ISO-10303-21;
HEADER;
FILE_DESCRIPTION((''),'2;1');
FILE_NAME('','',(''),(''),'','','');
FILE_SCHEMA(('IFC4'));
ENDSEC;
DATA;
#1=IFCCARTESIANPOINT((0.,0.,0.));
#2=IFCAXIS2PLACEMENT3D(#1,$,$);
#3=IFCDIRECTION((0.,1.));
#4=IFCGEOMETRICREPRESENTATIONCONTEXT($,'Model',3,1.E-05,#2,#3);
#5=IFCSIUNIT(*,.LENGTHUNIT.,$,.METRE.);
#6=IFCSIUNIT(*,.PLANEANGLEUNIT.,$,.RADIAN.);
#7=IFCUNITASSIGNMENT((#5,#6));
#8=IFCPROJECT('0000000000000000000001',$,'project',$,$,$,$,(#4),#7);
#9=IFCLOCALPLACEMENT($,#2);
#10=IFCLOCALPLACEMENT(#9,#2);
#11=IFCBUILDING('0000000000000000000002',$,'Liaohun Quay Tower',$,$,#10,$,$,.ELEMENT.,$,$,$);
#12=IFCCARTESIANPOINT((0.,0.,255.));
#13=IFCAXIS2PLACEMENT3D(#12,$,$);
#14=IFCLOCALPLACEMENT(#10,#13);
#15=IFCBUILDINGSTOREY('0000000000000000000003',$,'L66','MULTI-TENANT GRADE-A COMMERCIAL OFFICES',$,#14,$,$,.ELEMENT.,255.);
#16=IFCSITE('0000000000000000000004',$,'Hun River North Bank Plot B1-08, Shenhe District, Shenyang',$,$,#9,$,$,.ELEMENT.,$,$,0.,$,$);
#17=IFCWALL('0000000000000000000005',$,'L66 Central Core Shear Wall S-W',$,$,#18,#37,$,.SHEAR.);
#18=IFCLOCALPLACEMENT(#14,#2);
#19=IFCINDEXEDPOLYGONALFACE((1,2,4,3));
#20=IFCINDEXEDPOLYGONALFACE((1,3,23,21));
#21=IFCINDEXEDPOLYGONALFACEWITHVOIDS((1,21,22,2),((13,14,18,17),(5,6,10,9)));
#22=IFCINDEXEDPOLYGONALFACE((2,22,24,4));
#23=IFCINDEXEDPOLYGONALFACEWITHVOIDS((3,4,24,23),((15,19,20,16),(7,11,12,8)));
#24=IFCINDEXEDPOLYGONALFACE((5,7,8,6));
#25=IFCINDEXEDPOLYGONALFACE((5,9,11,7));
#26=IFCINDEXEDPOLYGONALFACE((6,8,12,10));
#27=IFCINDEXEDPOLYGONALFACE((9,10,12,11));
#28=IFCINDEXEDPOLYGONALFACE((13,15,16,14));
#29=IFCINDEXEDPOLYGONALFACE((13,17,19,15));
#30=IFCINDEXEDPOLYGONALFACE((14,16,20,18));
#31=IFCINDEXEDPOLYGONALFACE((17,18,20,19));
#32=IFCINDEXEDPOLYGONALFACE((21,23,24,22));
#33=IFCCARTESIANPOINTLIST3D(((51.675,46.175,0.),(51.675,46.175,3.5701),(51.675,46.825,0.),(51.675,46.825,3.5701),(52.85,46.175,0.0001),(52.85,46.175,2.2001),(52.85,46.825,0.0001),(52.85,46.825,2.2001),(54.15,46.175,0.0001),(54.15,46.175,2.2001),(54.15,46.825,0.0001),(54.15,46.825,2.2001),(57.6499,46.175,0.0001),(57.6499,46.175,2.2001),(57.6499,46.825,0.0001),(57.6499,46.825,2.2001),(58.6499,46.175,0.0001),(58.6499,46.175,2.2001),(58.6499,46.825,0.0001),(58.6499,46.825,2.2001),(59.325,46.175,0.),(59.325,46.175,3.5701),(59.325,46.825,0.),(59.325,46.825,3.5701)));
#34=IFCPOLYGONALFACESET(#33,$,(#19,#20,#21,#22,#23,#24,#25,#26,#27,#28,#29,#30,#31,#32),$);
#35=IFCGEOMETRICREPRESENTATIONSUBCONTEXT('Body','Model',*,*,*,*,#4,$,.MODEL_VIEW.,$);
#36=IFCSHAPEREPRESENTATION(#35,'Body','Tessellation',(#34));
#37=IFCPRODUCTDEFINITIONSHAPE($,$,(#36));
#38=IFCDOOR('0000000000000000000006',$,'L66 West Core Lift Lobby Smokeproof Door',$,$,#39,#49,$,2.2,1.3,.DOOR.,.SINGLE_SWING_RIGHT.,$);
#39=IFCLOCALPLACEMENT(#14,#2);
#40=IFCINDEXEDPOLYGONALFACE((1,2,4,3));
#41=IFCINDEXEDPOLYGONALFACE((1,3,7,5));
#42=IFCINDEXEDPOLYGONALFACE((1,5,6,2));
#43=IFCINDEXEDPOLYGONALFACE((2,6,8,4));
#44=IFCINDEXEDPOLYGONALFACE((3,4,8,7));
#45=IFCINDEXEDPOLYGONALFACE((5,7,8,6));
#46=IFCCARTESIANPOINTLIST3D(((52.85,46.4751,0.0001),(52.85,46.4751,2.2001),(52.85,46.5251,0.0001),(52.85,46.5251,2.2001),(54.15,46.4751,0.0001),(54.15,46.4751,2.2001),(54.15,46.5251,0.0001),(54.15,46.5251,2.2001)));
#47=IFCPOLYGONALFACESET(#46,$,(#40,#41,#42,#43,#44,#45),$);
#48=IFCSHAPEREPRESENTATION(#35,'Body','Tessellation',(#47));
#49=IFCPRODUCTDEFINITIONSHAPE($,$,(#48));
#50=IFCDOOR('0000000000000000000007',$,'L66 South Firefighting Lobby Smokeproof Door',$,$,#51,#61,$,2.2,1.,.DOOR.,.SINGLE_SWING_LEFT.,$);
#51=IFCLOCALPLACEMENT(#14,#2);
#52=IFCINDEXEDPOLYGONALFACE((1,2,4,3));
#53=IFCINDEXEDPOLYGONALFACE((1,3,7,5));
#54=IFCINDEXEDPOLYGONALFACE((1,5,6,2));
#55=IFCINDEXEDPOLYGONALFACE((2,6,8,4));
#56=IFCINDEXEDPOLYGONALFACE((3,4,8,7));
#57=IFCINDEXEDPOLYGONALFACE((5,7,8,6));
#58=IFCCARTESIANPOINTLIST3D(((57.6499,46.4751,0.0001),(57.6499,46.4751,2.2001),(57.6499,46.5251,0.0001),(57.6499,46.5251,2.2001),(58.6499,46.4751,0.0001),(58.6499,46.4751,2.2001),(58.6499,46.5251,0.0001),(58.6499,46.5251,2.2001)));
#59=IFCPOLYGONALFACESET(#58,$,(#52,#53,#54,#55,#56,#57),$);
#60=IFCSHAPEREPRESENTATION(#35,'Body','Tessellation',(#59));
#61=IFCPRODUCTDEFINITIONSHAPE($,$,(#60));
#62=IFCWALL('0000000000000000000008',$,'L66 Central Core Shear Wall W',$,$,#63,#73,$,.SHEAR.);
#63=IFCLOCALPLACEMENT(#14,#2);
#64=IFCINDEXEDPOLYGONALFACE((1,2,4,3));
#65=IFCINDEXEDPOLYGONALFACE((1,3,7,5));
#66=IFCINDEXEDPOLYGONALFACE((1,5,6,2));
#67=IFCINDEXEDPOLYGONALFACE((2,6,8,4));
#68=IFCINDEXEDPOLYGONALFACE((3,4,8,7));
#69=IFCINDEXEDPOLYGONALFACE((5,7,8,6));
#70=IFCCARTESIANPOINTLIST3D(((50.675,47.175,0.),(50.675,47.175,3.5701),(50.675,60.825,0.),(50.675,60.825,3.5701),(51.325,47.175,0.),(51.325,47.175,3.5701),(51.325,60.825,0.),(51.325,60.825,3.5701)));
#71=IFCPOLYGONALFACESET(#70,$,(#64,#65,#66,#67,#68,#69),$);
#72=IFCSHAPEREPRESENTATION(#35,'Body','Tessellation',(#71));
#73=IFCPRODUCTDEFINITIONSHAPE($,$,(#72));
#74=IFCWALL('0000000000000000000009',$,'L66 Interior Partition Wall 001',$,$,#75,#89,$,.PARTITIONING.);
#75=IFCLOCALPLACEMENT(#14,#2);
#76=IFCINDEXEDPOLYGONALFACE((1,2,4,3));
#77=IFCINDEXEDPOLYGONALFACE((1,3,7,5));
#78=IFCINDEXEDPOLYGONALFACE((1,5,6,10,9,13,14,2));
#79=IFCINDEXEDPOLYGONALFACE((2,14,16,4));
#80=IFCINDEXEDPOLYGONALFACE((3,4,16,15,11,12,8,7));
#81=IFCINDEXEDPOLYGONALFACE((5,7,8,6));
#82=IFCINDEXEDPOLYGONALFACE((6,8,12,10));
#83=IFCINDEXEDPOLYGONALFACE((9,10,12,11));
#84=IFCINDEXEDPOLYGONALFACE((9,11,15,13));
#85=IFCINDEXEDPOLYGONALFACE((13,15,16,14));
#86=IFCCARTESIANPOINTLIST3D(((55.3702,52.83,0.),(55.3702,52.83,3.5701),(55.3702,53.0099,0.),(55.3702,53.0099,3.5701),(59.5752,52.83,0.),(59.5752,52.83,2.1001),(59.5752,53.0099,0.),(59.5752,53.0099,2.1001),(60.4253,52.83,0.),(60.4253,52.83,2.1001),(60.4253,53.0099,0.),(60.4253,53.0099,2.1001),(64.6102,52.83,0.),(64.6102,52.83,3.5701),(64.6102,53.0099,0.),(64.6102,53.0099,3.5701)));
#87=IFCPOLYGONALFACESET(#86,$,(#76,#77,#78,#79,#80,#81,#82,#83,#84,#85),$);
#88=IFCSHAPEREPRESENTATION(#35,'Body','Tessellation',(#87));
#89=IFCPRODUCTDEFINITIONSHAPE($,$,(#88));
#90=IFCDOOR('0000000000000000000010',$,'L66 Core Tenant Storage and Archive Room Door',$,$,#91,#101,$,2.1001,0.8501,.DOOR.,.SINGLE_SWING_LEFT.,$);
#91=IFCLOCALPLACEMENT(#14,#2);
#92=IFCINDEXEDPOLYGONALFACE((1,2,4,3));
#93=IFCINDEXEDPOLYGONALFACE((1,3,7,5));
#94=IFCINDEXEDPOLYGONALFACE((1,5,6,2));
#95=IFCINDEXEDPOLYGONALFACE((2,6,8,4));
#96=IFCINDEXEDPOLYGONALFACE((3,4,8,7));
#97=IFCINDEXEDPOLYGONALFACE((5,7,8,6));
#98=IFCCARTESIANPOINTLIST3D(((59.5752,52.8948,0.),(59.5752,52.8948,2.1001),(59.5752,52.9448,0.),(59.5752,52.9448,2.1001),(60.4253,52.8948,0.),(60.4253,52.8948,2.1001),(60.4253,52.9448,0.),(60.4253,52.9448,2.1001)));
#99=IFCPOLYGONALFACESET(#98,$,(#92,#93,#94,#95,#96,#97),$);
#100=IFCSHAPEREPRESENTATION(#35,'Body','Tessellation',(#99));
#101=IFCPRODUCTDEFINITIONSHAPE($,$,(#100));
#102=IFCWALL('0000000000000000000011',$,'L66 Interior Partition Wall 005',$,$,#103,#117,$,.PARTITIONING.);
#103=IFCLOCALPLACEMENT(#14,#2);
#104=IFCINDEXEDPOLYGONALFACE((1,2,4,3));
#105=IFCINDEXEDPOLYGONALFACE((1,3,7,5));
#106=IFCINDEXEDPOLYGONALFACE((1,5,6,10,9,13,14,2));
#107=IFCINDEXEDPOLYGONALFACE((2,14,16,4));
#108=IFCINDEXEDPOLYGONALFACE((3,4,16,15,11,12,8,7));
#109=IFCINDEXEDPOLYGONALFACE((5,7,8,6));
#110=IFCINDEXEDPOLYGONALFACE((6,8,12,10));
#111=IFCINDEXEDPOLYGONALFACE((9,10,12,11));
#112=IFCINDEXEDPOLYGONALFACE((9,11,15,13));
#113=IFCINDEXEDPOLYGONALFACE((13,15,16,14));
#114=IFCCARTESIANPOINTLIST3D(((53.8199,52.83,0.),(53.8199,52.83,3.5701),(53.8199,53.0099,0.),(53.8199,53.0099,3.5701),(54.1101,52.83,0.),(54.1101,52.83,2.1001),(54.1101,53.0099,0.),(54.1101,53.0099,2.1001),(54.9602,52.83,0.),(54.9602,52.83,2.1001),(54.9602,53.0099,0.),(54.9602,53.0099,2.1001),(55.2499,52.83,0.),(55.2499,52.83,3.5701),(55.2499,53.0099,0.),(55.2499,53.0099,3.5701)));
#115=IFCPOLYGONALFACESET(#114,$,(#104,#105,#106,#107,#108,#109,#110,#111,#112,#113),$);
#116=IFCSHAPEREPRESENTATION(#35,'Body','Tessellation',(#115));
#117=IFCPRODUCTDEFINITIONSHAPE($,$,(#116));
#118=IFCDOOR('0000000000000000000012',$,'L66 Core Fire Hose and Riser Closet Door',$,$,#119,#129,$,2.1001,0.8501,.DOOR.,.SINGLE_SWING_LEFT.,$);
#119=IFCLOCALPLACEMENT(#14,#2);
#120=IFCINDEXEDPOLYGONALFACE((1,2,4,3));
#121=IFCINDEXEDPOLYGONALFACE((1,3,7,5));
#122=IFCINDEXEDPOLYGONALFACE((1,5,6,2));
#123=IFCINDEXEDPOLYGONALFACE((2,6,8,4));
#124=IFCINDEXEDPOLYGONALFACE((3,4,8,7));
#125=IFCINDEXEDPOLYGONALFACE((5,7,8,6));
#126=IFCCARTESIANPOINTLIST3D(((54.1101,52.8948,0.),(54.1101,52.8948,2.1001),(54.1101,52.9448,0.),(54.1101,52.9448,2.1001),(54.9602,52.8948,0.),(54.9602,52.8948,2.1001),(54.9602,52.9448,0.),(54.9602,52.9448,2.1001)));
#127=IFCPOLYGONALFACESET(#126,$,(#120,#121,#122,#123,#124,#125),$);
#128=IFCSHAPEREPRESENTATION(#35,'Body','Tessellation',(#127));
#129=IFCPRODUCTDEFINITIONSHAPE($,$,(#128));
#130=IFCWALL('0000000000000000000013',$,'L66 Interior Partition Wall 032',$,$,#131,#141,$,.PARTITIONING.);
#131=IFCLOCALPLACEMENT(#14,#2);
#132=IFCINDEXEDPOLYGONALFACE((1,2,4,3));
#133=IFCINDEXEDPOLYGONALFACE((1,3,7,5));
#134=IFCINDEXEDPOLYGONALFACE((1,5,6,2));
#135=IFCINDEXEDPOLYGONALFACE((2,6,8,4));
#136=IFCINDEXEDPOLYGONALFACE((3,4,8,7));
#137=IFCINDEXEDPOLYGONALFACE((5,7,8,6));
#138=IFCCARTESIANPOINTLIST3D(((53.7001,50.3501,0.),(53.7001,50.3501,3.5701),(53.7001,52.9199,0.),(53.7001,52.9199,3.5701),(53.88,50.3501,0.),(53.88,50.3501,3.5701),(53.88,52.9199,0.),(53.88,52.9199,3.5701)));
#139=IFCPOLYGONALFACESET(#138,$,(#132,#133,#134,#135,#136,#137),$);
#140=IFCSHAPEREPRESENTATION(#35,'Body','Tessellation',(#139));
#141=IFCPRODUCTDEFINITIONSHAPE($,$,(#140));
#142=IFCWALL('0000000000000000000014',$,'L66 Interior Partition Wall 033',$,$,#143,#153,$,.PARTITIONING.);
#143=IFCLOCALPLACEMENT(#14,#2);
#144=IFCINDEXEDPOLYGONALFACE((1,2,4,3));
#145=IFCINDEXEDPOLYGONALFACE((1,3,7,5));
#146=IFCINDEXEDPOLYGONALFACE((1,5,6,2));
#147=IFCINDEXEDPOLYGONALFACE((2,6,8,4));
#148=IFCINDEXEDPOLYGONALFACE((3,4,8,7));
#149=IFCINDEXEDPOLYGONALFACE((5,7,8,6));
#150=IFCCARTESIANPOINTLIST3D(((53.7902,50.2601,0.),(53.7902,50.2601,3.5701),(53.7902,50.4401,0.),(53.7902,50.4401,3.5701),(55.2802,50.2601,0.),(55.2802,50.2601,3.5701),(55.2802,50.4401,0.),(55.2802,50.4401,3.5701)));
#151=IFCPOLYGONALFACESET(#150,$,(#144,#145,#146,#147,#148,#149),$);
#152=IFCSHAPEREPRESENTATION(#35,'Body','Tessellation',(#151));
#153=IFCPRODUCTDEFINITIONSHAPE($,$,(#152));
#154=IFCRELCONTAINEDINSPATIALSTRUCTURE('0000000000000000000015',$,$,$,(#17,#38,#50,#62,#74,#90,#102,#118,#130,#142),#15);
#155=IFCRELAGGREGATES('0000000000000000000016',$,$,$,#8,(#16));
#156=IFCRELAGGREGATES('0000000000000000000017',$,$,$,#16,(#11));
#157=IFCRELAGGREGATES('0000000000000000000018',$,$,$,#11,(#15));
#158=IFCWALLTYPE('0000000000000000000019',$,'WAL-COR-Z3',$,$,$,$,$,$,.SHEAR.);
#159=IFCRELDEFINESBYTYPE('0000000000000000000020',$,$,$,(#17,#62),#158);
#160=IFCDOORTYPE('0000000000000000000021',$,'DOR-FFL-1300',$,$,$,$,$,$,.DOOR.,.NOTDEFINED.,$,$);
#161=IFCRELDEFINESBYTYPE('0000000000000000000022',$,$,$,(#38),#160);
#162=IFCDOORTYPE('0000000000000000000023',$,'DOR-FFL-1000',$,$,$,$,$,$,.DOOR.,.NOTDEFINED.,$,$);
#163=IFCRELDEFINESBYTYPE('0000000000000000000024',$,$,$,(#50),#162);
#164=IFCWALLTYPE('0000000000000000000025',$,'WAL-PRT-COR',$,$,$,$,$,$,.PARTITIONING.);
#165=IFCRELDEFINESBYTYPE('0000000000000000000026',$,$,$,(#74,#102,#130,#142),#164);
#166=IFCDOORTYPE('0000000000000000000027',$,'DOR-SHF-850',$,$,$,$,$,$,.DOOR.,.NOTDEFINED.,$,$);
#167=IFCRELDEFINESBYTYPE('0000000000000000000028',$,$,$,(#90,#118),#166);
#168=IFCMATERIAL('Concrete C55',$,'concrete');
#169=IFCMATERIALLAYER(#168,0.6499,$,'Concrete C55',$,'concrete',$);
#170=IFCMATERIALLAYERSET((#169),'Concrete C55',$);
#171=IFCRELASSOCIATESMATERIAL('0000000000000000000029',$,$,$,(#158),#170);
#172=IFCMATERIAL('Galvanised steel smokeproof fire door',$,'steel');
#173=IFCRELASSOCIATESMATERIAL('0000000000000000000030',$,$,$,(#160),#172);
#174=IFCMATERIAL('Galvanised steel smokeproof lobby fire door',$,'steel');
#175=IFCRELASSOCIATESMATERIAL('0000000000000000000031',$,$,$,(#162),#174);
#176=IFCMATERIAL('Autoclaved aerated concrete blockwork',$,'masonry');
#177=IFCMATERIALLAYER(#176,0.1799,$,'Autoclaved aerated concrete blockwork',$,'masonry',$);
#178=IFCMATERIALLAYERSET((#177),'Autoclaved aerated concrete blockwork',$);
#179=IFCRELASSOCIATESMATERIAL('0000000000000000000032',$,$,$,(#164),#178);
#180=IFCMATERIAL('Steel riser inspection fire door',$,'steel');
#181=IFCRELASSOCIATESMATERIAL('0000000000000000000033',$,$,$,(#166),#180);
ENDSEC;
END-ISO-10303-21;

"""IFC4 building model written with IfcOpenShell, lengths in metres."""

from ifc_helpers import new_model, si_unit, direction, frame, frame_2d, origin, place, context, subcontext, project, spatial, rectangle, extrude, source, transform, mapped, material, layer, layer_set, type_object, element, fill, save


model = new_model("IFC4")

# Units and contexts
model_context = context("Model", 3, precision=1e-05, world=origin(), true_north=direction((0.0, 1.0)))
body_context = subcontext(model_context, "Body", "Model", "MODEL_VIEW")
ifc_project = project(units=[si_unit("LENGTHUNIT", "METRE"), si_unit("PLANEANGLEUNIT", "RADIAN")], contexts=[model_context])

# Site, building, storey
site_placement = place(None, origin())
site = spatial("IfcSite", under=ifc_project, at=site_placement, Name="Hun River North Bank Plot B1-08, Shenhe District, Shenyang", CompositionType="ELEMENT", RefElevation=0.0)
building_placement = place(site_placement, origin())
building = spatial("IfcBuilding", under=site, at=building_placement, Name="Liaohun Quay Tower", CompositionType="ELEMENT")
storey_placement = place(building_placement, frame((0.0, 0.0, 255.0)))
storey = spatial("IfcBuildingStorey", under=building, at=storey_placement, Name="L66", Description="MULTI-TENANT GRADE-A COMMERCIAL OFFICES", CompositionType="ELEMENT", Elevation=255.0)

# Wall, openings, doors
ifc_material_1 = material(Name="Concrete C55", Category="concrete")
ifc_layer_1 = layer(ifc_material_1, 0.6499, Name="Concrete C55", Category="concrete")
ifc_layer_set_1 = layer_set([ifc_layer_1], Name="Concrete C55")
wall_type_1 = type_object("IfcWallType", Name="WAL-COR-Z3", PredefinedType="SHEAR", material=ifc_layer_set_1)
wall_1_placement = place(storey_placement, frame((59.325, 46.5, 0.0), z_axis=(0.0, 0.0, 1.0), x_axis=(-1.0, 0.0, 0.0)))
wall_1 = element("IfcWall", 1, at=wall_1_placement, inside=storey, type_object=wall_type_1, Name="L66 Central Core Shear Wall S-W", PredefinedType="SHEAR", context=body_context, shape_type="SweptSolid", body=[
    extrude(rectangle(XDim=7.6499, YDim=0.6499, at=frame_2d((3.825, 0.0))), origin(), (0.0, 0.0, 1.0), 3.5701),
])
shared_shape_1 = source(origin(), body_context, "Body", "SweptSolid", [
    extrude(rectangle(XDim=1.3, YDim=2.2, at=frame_2d((0.6499, 1.1001))), frame((0.0, 0.335, 0.0), z_axis=(0.0, -1.0, 0.0), x_axis=(1.0, 0.0, 0.0)), (0.0, 0.0, 1.0), 0.6699),
])
opening_1_placement = place(wall_1_placement, frame((5.175, 0.0, 0.0)))
opening_1 = element("IfcOpeningElement", 2, at=opening_1_placement, cuts=wall_1, PredefinedType="OPENING", context=body_context, shape_type="MappedRepresentation", body=[
    mapped(shared_shape_1, transform((0.0, 0.0, 0.0), x_axis=(1.0, 0.0, 0.0), y_axis=(0.0, 1.0, 0.0), z_axis=(0.0, 0.0, 1.0), scale=1.0)),
])
shared_shape_2 = source(origin(), body_context, "Body", "SweptSolid", [
    extrude(rectangle(XDim=1.0, YDim=2.2, at=frame_2d((0.5, 1.1001))), frame((0.0, 0.335, 0.0), z_axis=(0.0, -1.0, 0.0), x_axis=(1.0, 0.0, 0.0)), (0.0, 0.0, 1.0), 0.6699),
])
opening_2_placement = place(wall_1_placement, frame((0.675, 0.0, 0.0)))
opening_2 = element("IfcOpeningElement", 3, at=opening_2_placement, cuts=wall_1, PredefinedType="OPENING", context=body_context, shape_type="MappedRepresentation", body=[
    mapped(shared_shape_2, transform((0.0, 0.0, 0.0), x_axis=(1.0, 0.0, 0.0), y_axis=(0.0, 1.0, 0.0), z_axis=(0.0, 0.0, 1.0), scale=1.0)),
])
ifc_material_2 = material(Name="Galvanised steel smokeproof fire door", Category="steel")
door_type_1 = type_object("IfcDoorType", Name="DOR-FFL-1300", OperationType="NOTDEFINED", PredefinedType="DOOR", material=ifc_material_2)
shared_shape_3 = source(origin(), body_context, "Body", "SweptSolid", [
    extrude(rectangle(XDim=1.3, YDim=2.2, at=frame_2d((0.6499, 1.1001))), frame((0.0, 0.0249, 0.0), z_axis=(0.0, -1.0, 0.0), x_axis=(1.0, 0.0, 0.0)), (0.0, 0.0, 1.0), 0.05),
])
door_1_placement = place(opening_1_placement, origin())
door_1 = element("IfcDoor", 4, at=door_1_placement, inside=storey, type_object=door_type_1, Name="L66 West Core Lift Lobby Smokeproof Door", OperationType="SINGLE_SWING_RIGHT", OverallHeight=2.2, OverallWidth=1.3, PredefinedType="DOOR", context=body_context, shape_type="MappedRepresentation", body=[
    mapped(shared_shape_3, transform((0.0, 0.0, 0.0), x_axis=(1.0, 0.0, 0.0), y_axis=(0.0, 1.0, 0.0), z_axis=(0.0, 0.0, 1.0), scale=1.0)),
])
fill(opening_1, door_1)
ifc_material_3 = material(Name="Galvanised steel smokeproof lobby fire door", Category="steel")
door_type_2 = type_object("IfcDoorType", Name="DOR-FFL-1000", OperationType="NOTDEFINED", PredefinedType="DOOR", material=ifc_material_3)
shared_shape_4 = source(origin(), body_context, "Body", "SweptSolid", [
    extrude(rectangle(XDim=1.0, YDim=2.2, at=frame_2d((0.5, 1.1001))), frame((0.0, 0.0249, 0.0), z_axis=(0.0, -1.0, 0.0), x_axis=(1.0, 0.0, 0.0)), (0.0, 0.0, 1.0), 0.05),
])
door_2_placement = place(opening_2_placement, origin())
door_2 = element("IfcDoor", 5, at=door_2_placement, inside=storey, type_object=door_type_2, Name="L66 South Firefighting Lobby Smokeproof Door", OperationType="SINGLE_SWING_LEFT", OverallHeight=2.2, OverallWidth=1.0, PredefinedType="DOOR", context=body_context, shape_type="MappedRepresentation", body=[
    mapped(shared_shape_4, transform((0.0, 0.0, 0.0), x_axis=(1.0, 0.0, 0.0), y_axis=(0.0, 1.0, 0.0), z_axis=(0.0, 0.0, 1.0), scale=1.0)),
])
fill(opening_2, door_2)

# Wall
wall_2_placement = place(storey_placement, frame((51.0, 47.175, 0.0), z_axis=(0.0, 0.0, 1.0), x_axis=(0.0, 1.0, 0.0)))
element("IfcWall", 6, at=wall_2_placement, inside=storey, type_object=wall_type_1, Name="L66 Central Core Shear Wall W", PredefinedType="SHEAR", context=body_context, shape_type="SweptSolid", body=[
    extrude(rectangle(XDim=13.6499, YDim=0.6499, at=frame_2d((6.825, 0.0))), origin(), (0.0, 0.0, 1.0), 3.5701),
])

# Walls, openings, doors
ifc_material_4 = material(Name="Autoclaved aerated concrete blockwork", Category="masonry")
ifc_layer_2 = layer(ifc_material_4, 0.1799, Name="Autoclaved aerated concrete blockwork", Category="masonry")
ifc_layer_set_2 = layer_set([ifc_layer_2], Name="Autoclaved aerated concrete blockwork")
wall_type_2 = type_object("IfcWallType", Name="WAL-PRT-COR", PredefinedType="PARTITIONING", material=ifc_layer_set_2)
wall_3_placement = place(storey_placement, frame((55.3701, 52.9199, 0.0), z_axis=(0.0, 0.0, 1.0), x_axis=(1.0, 0.0, 0.0)))
wall_3 = element("IfcWall", 7, at=wall_3_placement, inside=storey, type_object=wall_type_2, Name="L66 Interior Partition Wall 001", PredefinedType="PARTITIONING", context=body_context, shape_type="SweptSolid", body=[
    extrude(rectangle(XDim=9.24, YDim=0.1799, at=frame_2d((4.6201, 0.0))), origin(), (0.0, 0.0, 1.0), 3.5701),
])
shared_shape_5 = source(origin(), body_context, "Body", "SweptSolid", [
    extrude(rectangle(XDim=0.8501, YDim=2.1001, at=frame_2d((0.425, 1.05))), frame((0.0, 0.0999, 0.0), z_axis=(0.0, -1.0, 0.0), x_axis=(1.0, 0.0, 0.0)), (0.0, 0.0, 1.0), 0.2),
])
opening_3_placement = place(wall_3_placement, frame((4.2051, 0.0, 0.0)))
opening_3 = element("IfcOpeningElement", 8, at=opening_3_placement, cuts=wall_3, PredefinedType="OPENING", context=body_context, shape_type="MappedRepresentation", body=[
    mapped(shared_shape_5, transform((0.0, 0.0, 0.0), x_axis=(1.0, 0.0, 0.0), y_axis=(0.0, 1.0, 0.0), z_axis=(0.0, 0.0, 1.0), scale=1.0)),
])
ifc_material_5 = material(Name="Steel riser inspection fire door", Category="steel")
door_type_3 = type_object("IfcDoorType", Name="DOR-SHF-850", OperationType="NOTDEFINED", PredefinedType="DOOR", material=ifc_material_5)
shared_shape_6 = source(origin(), body_context, "Body", "SweptSolid", [
    extrude(rectangle(XDim=0.8501, YDim=2.1001, at=frame_2d((0.425, 1.05))), frame((0.0, 0.0249, 0.0), z_axis=(0.0, -1.0, 0.0), x_axis=(1.0, 0.0, 0.0)), (0.0, 0.0, 1.0), 0.05),
])
door_3_placement = place(opening_3_placement, origin())
door_3 = element("IfcDoor", 9, at=door_3_placement, inside=storey, type_object=door_type_3, Name="L66 Core Tenant Storage and Archive Room Door", OperationType="SINGLE_SWING_LEFT", OverallHeight=2.1001, OverallWidth=0.8501, PredefinedType="DOOR", context=body_context, shape_type="MappedRepresentation", body=[
    mapped(shared_shape_6, transform((0.0, 0.0, 0.0), x_axis=(1.0, 0.0, 0.0), y_axis=(0.0, 1.0, 0.0), z_axis=(0.0, 0.0, 1.0), scale=1.0)),
])
fill(opening_3, door_3)
wall_4_placement = place(storey_placement, frame((53.8201, 52.9199, 0.0), z_axis=(0.0, 0.0, 1.0), x_axis=(1.0, 0.0, 0.0)))
wall_4 = element("IfcWall", 10, at=wall_4_placement, inside=storey, type_object=wall_type_2, Name="L66 Interior Partition Wall 005", PredefinedType="PARTITIONING", context=body_context, shape_type="SweptSolid", body=[
    extrude(rectangle(XDim=1.4299, YDim=0.1799, at=frame_2d((0.7148, 0.0))), origin(), (0.0, 0.0, 1.0), 3.5701),
])
opening_4_placement = place(wall_4_placement, frame((0.29, 0.0, 0.0)))
opening_4 = element("IfcOpeningElement", 11, at=opening_4_placement, cuts=wall_4, PredefinedType="OPENING", context=body_context, shape_type="MappedRepresentation", body=[
    mapped(shared_shape_5, transform((0.0, 0.0, 0.0), x_axis=(1.0, 0.0, 0.0), y_axis=(0.0, 1.0, 0.0), z_axis=(0.0, 0.0, 1.0), scale=1.0)),
])
door_4_placement = place(opening_4_placement, origin())
door_4 = element("IfcDoor", 12, at=door_4_placement, inside=storey, type_object=door_type_3, Name="L66 Core Fire Hose and Riser Closet Door", OperationType="SINGLE_SWING_LEFT", OverallHeight=2.1001, OverallWidth=0.8501, PredefinedType="DOOR", context=body_context, shape_type="MappedRepresentation", body=[
    mapped(shared_shape_6, transform((0.0, 0.0, 0.0), x_axis=(1.0, 0.0, 0.0), y_axis=(0.0, 1.0, 0.0), z_axis=(0.0, 0.0, 1.0), scale=1.0)),
])
fill(opening_4, door_4)

# Walls
wall_5_placement = place(storey_placement, frame((53.79, 50.3501, 0.0), z_axis=(0.0, 0.0, 1.0), x_axis=(0.0, 1.0, 0.0)))
element("IfcWall", 13, at=wall_5_placement, inside=storey, type_object=wall_type_2, Name="L66 Interior Partition Wall 032", PredefinedType="PARTITIONING", context=body_context, shape_type="SweptSolid", body=[
    extrude(rectangle(XDim=2.5698, YDim=0.1799, at=frame_2d((1.2849, 0.0))), origin(), (0.0, 0.0, 1.0), 3.5701),
])
wall_6_placement = place(storey_placement, frame((53.79, 50.3501, 0.0), z_axis=(0.0, 0.0, 1.0), x_axis=(1.0, 0.0, 0.0)))
element("IfcWall", 14, at=wall_6_placement, inside=storey, type_object=wall_type_2, Name="L66 Interior Partition Wall 033", PredefinedType="PARTITIONING", context=body_context, shape_type="SweptSolid", body=[
    extrude(rectangle(XDim=1.49, YDim=0.1799, at=frame_2d((0.7451, 0.0))), origin(), (0.0, 0.0, 1.0), 3.5701),
])

save(model, "model.ifc")
